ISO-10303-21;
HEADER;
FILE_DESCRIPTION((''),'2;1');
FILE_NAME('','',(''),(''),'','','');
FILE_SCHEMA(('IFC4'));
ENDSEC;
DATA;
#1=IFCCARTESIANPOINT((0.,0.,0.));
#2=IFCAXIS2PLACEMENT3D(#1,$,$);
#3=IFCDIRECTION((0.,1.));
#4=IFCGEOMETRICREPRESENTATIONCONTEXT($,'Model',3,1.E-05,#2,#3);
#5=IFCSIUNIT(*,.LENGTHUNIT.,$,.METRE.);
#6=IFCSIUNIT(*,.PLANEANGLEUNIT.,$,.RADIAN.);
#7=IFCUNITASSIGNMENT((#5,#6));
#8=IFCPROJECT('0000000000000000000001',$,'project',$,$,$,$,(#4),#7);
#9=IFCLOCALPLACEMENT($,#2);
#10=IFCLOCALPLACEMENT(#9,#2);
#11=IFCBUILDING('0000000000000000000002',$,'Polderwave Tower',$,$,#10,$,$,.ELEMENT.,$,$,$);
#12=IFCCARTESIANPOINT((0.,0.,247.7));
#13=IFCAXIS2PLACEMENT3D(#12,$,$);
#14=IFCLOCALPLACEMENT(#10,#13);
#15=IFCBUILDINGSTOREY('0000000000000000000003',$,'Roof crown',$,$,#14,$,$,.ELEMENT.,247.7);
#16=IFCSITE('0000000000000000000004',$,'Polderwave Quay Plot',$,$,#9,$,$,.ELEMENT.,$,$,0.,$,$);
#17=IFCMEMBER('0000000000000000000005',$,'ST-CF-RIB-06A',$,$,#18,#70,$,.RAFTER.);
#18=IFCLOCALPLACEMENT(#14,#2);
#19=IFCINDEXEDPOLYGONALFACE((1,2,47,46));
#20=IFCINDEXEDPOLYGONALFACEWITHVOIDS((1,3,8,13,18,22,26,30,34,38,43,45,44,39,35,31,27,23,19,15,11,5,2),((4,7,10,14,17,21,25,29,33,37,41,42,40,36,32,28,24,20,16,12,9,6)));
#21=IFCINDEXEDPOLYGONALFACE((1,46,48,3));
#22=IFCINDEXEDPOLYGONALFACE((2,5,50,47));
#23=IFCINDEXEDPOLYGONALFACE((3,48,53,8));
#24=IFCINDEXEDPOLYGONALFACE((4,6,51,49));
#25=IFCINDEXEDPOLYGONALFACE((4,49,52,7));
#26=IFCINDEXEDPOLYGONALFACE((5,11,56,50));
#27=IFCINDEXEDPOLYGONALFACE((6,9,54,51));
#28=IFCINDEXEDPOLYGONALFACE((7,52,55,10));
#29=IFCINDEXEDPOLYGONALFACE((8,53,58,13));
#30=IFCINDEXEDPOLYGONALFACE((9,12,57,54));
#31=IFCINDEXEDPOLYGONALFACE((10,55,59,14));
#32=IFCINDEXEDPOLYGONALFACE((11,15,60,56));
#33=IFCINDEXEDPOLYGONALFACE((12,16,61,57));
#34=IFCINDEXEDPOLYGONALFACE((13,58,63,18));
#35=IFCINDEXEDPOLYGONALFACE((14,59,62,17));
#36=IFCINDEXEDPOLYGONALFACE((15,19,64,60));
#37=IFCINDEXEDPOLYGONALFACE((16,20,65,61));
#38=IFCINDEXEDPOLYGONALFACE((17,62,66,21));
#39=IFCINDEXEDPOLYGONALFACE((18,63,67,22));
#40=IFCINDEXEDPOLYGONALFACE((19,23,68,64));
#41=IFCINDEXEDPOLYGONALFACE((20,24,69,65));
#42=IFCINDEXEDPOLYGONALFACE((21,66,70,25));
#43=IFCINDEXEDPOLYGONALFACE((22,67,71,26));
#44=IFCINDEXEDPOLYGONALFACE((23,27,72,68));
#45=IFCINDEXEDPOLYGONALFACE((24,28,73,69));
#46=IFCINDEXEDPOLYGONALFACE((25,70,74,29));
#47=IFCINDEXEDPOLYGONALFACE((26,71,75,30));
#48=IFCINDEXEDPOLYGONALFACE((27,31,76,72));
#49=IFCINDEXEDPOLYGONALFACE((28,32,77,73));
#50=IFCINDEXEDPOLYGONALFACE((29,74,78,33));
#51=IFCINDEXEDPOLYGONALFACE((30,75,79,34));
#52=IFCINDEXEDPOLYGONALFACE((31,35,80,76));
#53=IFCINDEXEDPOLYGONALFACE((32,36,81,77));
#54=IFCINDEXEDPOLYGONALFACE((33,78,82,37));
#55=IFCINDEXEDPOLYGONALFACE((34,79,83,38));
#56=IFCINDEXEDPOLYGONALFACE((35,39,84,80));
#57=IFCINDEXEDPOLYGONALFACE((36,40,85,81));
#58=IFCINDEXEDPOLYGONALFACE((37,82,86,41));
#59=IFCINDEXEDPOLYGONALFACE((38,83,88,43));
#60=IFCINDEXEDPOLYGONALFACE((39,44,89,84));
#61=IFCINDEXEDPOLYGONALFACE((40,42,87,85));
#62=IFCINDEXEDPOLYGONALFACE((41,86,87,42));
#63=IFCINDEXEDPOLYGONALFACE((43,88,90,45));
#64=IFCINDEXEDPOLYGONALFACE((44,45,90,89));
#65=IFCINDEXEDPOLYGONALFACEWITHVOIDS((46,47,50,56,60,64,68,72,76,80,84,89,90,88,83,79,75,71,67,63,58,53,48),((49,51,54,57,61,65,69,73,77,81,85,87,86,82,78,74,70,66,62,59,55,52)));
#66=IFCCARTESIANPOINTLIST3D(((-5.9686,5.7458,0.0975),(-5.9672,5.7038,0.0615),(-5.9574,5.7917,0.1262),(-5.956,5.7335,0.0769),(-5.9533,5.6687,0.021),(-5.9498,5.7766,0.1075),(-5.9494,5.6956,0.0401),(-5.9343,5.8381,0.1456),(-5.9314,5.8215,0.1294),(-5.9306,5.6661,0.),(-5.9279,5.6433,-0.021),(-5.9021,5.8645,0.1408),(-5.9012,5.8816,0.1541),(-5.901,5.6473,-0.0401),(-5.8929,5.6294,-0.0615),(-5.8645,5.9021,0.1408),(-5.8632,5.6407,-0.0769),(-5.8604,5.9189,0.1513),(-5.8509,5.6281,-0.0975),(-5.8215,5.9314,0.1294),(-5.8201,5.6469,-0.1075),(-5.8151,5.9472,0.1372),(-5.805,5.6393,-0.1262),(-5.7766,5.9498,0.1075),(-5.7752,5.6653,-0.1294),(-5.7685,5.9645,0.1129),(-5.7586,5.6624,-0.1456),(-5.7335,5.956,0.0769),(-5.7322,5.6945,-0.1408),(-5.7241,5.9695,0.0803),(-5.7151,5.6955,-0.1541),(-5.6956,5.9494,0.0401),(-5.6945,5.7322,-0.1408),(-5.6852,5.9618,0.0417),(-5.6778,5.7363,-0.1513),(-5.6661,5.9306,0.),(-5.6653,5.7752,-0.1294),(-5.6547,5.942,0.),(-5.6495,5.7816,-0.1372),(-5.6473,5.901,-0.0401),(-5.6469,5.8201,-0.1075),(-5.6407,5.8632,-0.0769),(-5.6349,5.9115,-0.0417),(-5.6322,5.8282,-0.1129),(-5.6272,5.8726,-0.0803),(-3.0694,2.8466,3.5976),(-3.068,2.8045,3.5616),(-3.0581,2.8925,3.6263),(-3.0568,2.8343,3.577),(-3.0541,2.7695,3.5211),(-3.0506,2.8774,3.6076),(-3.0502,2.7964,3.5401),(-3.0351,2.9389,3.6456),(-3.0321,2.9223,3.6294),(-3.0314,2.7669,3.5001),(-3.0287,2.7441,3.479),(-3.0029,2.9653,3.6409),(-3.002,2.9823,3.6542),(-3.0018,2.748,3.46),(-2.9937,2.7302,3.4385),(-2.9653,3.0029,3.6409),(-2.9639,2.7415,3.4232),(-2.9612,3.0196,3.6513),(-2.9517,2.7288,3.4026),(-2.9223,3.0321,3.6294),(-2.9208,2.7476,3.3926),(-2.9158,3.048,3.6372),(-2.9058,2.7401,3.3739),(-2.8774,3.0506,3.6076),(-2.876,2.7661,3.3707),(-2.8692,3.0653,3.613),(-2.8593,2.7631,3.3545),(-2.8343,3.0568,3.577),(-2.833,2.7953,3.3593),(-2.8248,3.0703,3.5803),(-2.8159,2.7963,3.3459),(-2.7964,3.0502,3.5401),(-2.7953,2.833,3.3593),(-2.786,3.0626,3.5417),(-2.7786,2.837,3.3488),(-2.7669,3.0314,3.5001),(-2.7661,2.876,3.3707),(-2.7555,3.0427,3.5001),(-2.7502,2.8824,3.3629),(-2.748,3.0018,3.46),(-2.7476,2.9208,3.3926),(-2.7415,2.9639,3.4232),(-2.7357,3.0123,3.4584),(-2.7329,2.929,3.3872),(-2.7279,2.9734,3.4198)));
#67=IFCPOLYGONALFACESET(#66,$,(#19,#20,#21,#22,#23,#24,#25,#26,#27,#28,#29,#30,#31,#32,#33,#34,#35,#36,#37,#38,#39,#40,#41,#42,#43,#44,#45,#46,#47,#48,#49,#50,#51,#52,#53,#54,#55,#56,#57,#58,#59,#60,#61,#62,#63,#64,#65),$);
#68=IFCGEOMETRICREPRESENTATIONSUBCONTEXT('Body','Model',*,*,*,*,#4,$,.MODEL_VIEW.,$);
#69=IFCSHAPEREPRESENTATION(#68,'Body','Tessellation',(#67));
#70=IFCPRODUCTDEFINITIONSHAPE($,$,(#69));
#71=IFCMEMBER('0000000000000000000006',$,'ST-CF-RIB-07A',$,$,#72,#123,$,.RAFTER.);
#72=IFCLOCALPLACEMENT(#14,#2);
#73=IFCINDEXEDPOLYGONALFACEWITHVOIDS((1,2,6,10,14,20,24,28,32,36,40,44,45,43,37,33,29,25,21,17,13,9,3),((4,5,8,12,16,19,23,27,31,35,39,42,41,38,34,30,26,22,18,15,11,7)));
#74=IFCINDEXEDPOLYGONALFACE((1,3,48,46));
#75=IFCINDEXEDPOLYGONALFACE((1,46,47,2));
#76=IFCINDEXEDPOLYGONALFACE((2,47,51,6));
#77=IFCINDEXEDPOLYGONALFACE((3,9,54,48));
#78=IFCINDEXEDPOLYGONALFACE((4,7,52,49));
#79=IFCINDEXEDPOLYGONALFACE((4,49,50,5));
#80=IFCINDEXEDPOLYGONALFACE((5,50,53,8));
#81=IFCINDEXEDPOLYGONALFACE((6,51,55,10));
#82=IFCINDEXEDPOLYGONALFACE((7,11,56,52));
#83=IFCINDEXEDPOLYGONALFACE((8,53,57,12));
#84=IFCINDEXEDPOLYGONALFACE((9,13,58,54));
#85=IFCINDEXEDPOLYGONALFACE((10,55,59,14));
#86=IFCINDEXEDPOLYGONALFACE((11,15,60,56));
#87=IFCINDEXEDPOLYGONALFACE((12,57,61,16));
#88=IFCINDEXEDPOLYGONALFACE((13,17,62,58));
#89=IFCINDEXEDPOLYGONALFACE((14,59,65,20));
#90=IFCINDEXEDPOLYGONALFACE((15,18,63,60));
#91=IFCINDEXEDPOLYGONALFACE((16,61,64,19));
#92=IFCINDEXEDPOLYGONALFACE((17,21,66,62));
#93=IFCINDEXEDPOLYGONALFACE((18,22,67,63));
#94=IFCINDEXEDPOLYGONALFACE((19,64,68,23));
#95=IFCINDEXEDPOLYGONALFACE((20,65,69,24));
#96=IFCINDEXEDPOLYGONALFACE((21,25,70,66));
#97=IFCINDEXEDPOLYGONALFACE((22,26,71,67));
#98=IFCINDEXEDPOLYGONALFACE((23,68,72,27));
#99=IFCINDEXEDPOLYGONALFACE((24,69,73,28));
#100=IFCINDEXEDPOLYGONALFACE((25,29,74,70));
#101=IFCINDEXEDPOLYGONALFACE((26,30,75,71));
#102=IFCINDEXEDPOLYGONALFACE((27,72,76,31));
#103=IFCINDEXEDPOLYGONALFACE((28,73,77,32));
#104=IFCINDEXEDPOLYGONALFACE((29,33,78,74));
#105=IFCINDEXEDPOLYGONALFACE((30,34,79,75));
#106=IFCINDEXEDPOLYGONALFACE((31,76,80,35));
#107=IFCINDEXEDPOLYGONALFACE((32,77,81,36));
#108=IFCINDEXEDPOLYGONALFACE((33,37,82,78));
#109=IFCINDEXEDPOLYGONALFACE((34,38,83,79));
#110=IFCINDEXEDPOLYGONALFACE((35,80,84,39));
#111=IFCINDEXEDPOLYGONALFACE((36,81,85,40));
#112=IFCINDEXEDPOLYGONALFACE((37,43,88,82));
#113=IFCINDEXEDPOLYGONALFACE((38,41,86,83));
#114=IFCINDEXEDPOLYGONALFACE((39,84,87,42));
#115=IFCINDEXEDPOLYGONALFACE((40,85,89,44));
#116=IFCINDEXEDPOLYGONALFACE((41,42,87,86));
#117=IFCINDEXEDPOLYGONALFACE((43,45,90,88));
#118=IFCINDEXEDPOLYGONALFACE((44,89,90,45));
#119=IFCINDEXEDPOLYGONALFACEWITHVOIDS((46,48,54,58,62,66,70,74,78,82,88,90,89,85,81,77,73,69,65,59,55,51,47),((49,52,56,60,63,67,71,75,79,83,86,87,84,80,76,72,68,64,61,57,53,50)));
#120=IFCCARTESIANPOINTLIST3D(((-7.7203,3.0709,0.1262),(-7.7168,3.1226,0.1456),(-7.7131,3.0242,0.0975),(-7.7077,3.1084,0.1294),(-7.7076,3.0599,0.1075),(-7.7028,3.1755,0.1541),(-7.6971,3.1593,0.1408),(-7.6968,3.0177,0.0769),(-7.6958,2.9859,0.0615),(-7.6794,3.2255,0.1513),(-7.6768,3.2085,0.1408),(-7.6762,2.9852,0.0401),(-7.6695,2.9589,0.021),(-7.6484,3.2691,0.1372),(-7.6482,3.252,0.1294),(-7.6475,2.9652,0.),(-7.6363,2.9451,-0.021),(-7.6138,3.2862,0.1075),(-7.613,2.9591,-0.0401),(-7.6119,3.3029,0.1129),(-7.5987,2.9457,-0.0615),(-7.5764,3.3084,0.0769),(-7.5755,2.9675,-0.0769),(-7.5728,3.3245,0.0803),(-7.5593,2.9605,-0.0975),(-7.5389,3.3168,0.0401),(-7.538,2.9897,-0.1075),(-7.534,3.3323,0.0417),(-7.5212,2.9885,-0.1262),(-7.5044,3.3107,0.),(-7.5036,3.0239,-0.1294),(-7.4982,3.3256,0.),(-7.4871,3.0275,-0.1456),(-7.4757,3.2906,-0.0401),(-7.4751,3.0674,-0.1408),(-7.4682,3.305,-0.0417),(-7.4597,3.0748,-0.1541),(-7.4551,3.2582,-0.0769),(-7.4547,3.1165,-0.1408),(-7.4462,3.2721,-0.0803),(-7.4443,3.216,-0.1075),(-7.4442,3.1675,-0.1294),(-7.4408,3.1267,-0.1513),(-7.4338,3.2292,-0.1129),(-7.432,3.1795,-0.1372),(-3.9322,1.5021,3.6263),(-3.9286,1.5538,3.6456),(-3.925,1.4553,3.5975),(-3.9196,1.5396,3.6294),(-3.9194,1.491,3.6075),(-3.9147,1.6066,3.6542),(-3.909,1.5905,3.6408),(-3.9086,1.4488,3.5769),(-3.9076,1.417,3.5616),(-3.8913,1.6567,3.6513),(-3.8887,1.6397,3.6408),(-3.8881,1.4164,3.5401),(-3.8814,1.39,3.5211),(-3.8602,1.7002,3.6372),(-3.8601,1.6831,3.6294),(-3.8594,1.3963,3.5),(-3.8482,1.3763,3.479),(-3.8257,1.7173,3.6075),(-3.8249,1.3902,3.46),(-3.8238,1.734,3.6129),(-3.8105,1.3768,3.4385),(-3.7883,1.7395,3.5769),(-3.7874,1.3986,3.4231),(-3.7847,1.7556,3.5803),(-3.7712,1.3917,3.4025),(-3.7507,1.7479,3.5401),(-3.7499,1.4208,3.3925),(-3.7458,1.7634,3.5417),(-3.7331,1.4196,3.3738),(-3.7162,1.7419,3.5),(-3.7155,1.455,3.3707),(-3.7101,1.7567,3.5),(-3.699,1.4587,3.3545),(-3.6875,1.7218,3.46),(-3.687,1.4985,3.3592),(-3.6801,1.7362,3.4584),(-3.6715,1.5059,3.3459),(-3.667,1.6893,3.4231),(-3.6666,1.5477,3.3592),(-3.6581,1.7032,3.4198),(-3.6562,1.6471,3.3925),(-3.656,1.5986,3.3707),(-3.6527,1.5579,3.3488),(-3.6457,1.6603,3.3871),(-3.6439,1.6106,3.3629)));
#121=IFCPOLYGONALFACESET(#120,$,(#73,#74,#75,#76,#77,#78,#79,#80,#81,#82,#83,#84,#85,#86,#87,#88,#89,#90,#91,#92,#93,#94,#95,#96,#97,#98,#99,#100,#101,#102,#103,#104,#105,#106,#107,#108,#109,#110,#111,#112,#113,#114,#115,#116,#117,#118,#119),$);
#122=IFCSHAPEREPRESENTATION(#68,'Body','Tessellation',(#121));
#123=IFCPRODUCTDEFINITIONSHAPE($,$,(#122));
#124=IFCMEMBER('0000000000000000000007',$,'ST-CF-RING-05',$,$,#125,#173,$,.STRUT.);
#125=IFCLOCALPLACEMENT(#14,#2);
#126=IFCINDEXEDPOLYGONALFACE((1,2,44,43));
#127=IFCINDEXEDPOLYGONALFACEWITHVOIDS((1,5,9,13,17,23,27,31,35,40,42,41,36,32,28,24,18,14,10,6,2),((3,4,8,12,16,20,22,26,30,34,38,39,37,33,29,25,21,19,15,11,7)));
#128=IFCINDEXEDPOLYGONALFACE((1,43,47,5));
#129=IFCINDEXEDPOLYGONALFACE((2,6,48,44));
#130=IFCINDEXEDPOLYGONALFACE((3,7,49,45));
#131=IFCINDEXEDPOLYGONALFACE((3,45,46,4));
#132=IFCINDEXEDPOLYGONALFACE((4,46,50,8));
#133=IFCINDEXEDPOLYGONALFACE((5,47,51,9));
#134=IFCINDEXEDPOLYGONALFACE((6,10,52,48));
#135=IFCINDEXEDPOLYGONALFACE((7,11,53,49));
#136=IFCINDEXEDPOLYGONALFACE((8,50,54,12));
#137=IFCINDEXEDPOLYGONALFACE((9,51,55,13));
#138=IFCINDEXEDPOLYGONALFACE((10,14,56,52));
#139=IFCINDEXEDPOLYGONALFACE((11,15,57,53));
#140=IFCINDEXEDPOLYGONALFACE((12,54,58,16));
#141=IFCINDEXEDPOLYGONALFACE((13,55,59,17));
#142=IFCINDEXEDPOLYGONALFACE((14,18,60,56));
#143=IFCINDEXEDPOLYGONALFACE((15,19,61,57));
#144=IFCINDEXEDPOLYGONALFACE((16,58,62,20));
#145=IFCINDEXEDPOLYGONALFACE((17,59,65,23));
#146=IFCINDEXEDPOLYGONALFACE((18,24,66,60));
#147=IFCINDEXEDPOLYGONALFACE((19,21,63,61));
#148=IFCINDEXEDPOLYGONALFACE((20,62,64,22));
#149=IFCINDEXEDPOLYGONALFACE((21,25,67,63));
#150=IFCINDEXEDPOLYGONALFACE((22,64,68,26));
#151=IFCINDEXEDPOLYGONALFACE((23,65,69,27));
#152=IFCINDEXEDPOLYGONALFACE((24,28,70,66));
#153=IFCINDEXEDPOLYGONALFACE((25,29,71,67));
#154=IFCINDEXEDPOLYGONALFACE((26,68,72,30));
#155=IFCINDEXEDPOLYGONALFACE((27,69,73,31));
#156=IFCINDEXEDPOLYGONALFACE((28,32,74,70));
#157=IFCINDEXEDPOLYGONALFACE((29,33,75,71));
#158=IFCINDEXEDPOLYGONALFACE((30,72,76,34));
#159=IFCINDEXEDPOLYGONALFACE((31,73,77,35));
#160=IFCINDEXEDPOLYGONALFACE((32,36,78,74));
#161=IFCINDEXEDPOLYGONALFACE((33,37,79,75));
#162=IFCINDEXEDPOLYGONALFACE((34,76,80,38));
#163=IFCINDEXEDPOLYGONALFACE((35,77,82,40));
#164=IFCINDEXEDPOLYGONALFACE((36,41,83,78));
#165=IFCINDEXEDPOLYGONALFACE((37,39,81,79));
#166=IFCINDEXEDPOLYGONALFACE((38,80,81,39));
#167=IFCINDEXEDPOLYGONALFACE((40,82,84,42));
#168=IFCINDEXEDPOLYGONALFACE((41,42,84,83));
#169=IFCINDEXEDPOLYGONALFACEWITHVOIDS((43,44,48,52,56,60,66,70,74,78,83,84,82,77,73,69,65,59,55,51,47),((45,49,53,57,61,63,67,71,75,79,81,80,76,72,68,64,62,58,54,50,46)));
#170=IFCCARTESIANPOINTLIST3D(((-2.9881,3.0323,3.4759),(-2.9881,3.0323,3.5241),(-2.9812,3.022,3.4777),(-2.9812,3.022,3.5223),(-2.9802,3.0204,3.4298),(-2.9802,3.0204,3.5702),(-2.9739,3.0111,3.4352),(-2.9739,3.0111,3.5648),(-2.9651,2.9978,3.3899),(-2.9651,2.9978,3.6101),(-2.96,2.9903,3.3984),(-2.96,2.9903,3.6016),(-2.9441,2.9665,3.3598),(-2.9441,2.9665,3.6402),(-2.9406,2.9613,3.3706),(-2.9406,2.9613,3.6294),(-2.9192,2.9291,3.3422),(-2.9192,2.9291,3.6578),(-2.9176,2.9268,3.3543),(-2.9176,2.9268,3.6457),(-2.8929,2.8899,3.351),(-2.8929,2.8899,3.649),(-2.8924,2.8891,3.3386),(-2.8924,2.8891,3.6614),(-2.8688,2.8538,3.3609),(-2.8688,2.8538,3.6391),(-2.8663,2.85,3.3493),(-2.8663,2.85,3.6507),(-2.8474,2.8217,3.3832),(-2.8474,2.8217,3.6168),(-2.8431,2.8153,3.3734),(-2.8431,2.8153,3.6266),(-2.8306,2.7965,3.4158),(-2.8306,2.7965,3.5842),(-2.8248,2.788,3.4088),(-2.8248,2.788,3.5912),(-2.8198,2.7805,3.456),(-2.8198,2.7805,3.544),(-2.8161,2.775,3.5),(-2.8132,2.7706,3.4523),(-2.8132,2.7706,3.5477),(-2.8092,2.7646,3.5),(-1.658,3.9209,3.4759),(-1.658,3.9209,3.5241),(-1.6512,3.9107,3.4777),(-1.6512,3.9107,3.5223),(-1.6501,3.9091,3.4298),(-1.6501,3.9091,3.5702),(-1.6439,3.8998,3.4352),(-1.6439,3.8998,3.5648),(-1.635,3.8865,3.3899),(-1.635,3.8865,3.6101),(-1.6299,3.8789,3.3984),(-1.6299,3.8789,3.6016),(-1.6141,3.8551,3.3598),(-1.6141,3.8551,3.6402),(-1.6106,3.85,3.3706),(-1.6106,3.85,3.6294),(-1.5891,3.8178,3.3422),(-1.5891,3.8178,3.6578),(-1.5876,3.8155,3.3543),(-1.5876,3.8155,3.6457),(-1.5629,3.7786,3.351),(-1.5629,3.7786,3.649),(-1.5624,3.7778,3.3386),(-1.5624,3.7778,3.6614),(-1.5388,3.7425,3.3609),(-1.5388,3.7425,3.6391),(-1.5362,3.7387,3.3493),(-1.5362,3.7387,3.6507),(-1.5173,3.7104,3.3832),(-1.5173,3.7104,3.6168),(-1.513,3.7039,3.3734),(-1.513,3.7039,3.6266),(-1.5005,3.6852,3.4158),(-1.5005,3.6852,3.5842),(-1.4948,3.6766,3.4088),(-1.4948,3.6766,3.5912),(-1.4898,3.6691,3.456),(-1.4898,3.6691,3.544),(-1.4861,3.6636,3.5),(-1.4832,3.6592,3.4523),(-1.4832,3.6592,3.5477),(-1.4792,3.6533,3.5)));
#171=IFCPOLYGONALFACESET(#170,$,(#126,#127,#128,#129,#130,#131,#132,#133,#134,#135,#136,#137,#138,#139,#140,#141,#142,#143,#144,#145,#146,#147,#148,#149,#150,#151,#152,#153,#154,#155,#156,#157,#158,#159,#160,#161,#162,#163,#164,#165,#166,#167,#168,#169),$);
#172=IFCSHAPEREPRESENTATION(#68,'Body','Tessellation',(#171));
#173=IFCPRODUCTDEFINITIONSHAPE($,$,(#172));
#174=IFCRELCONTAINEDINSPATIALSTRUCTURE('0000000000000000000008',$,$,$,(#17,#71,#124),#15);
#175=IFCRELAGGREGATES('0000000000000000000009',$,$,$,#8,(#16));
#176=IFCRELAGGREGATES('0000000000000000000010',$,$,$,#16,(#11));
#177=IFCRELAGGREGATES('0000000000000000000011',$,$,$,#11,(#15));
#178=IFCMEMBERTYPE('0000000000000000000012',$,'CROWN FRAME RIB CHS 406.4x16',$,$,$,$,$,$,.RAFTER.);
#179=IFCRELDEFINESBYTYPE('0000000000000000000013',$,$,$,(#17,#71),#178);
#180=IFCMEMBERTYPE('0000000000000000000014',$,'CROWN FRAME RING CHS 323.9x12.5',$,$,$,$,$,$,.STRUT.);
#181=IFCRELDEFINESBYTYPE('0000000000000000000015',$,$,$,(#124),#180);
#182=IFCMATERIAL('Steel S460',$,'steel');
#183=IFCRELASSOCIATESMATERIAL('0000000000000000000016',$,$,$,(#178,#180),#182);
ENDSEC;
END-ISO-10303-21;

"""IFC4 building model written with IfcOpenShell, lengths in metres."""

from ifc_helpers import new_model, si_unit, direction, frame, origin, origin_2d, place, context, subcontext, project, spatial, hollow_circle, extrude, material, material_profile, profile_set, type_object, element, save


model = new_model("IFC4")

# Units and contexts
model_context = context("Model", 3, precision=1e-05, world=origin(), true_north=direction((0.0, 1.0)))
body_context = subcontext(model_context, "Body", "Model", "MODEL_VIEW")
ifc_project = project(units=[si_unit("LENGTHUNIT", "METRE"), si_unit("PLANEANGLEUNIT", "RADIAN")], contexts=[model_context])

# Site, building, storey
site_placement = place(None, origin())
site = spatial("IfcSite", under=ifc_project, at=site_placement, Name="Polderwave Quay Plot", CompositionType="ELEMENT", RefElevation=0.0)
building_placement = place(site_placement, origin())
building = spatial("IfcBuilding", under=site, at=building_placement, Name="Polderwave Tower", CompositionType="ELEMENT")
storey_placement = place(building_placement, frame((0.0, 0.0, 247.7)))
storey = spatial("IfcBuildingStorey", under=building, at=storey_placement, Name="Roof crown", CompositionType="ELEMENT", Elevation=247.7)

# Members
ifc_material_1 = material(Name="Steel S460", Category="steel")
ifc_material_profile_1 = material_profile(ifc_material_1, hollow_circle(Radius=0.2031, WallThickness=0.0161, at=origin_2d()), Name="CHS 406.4x16")
ifc_profile_set_1 = profile_set([ifc_material_profile_1], Name="Steel S460")
member_type_1 = type_object("IfcMemberType", Name="CROWN FRAME RIB CHS 406.4x16", PredefinedType="RAFTER", material=ifc_profile_set_1)
for number, where, z_axis, x_axis, name in (
    (1, (-5.7983, 5.7983, 0.0), (0.537803, -0.537803, 0.649258), (0.707107, 0.707107, 0.0), "ST-CF-RIB-06A"),
    (2, (-7.5759, 3.1379, 0.0), (0.702693, -0.291022, 0.649253), (0.382636, 0.923899, 0.0), "ST-CF-RIB-07A"),
):
    element("IfcMember", number, at=place(storey_placement, frame(where, z_axis=z_axis, x_axis=x_axis)), inside=storey, type_object=member_type_1, Name=name, PredefinedType="RAFTER", context=body_context, shape_type="SweptSolid", body=[
        extrude(hollow_circle(Radius=0.2031, WallThickness=0.0161, at=origin_2d()), origin(), (0.0, 0.0, 1.0), 5.3909),
    ])
ifc_material_profile_2 = material_profile(ifc_material_1, hollow_circle(Radius=0.1619, WallThickness=0.0125, at=origin_2d()), Name="CHS 323.9x12.5")
ifc_profile_set_2 = profile_set([ifc_material_profile_2], Name="Steel S460")
member_type_2 = type_object("IfcMemberType", Name="CROWN FRAME RING CHS 323.9x12.5", PredefinedType="STRUT", material=ifc_profile_set_2)
for number, where, z_axis, x_axis, name in (
    (3, (-1.5691, 3.7878, 3.5), (-0.831486, -0.555545, 0.0), (0.555545, -0.831486, 0.0), "ST-CF-RING-05"),
):
    element("IfcMember", number, at=place(storey_placement, frame(where, z_axis=z_axis, x_axis=x_axis)), inside=storey, type_object=member_type_2, Name=name, PredefinedType="STRUT", context=body_context, shape_type="SweptSolid", body=[
        extrude(hollow_circle(Radius=0.1619, WallThickness=0.0125, at=origin_2d()), origin(), (0.0, 0.0, 1.0), 1.5996),
    ])

save(model, "model.ifc")
